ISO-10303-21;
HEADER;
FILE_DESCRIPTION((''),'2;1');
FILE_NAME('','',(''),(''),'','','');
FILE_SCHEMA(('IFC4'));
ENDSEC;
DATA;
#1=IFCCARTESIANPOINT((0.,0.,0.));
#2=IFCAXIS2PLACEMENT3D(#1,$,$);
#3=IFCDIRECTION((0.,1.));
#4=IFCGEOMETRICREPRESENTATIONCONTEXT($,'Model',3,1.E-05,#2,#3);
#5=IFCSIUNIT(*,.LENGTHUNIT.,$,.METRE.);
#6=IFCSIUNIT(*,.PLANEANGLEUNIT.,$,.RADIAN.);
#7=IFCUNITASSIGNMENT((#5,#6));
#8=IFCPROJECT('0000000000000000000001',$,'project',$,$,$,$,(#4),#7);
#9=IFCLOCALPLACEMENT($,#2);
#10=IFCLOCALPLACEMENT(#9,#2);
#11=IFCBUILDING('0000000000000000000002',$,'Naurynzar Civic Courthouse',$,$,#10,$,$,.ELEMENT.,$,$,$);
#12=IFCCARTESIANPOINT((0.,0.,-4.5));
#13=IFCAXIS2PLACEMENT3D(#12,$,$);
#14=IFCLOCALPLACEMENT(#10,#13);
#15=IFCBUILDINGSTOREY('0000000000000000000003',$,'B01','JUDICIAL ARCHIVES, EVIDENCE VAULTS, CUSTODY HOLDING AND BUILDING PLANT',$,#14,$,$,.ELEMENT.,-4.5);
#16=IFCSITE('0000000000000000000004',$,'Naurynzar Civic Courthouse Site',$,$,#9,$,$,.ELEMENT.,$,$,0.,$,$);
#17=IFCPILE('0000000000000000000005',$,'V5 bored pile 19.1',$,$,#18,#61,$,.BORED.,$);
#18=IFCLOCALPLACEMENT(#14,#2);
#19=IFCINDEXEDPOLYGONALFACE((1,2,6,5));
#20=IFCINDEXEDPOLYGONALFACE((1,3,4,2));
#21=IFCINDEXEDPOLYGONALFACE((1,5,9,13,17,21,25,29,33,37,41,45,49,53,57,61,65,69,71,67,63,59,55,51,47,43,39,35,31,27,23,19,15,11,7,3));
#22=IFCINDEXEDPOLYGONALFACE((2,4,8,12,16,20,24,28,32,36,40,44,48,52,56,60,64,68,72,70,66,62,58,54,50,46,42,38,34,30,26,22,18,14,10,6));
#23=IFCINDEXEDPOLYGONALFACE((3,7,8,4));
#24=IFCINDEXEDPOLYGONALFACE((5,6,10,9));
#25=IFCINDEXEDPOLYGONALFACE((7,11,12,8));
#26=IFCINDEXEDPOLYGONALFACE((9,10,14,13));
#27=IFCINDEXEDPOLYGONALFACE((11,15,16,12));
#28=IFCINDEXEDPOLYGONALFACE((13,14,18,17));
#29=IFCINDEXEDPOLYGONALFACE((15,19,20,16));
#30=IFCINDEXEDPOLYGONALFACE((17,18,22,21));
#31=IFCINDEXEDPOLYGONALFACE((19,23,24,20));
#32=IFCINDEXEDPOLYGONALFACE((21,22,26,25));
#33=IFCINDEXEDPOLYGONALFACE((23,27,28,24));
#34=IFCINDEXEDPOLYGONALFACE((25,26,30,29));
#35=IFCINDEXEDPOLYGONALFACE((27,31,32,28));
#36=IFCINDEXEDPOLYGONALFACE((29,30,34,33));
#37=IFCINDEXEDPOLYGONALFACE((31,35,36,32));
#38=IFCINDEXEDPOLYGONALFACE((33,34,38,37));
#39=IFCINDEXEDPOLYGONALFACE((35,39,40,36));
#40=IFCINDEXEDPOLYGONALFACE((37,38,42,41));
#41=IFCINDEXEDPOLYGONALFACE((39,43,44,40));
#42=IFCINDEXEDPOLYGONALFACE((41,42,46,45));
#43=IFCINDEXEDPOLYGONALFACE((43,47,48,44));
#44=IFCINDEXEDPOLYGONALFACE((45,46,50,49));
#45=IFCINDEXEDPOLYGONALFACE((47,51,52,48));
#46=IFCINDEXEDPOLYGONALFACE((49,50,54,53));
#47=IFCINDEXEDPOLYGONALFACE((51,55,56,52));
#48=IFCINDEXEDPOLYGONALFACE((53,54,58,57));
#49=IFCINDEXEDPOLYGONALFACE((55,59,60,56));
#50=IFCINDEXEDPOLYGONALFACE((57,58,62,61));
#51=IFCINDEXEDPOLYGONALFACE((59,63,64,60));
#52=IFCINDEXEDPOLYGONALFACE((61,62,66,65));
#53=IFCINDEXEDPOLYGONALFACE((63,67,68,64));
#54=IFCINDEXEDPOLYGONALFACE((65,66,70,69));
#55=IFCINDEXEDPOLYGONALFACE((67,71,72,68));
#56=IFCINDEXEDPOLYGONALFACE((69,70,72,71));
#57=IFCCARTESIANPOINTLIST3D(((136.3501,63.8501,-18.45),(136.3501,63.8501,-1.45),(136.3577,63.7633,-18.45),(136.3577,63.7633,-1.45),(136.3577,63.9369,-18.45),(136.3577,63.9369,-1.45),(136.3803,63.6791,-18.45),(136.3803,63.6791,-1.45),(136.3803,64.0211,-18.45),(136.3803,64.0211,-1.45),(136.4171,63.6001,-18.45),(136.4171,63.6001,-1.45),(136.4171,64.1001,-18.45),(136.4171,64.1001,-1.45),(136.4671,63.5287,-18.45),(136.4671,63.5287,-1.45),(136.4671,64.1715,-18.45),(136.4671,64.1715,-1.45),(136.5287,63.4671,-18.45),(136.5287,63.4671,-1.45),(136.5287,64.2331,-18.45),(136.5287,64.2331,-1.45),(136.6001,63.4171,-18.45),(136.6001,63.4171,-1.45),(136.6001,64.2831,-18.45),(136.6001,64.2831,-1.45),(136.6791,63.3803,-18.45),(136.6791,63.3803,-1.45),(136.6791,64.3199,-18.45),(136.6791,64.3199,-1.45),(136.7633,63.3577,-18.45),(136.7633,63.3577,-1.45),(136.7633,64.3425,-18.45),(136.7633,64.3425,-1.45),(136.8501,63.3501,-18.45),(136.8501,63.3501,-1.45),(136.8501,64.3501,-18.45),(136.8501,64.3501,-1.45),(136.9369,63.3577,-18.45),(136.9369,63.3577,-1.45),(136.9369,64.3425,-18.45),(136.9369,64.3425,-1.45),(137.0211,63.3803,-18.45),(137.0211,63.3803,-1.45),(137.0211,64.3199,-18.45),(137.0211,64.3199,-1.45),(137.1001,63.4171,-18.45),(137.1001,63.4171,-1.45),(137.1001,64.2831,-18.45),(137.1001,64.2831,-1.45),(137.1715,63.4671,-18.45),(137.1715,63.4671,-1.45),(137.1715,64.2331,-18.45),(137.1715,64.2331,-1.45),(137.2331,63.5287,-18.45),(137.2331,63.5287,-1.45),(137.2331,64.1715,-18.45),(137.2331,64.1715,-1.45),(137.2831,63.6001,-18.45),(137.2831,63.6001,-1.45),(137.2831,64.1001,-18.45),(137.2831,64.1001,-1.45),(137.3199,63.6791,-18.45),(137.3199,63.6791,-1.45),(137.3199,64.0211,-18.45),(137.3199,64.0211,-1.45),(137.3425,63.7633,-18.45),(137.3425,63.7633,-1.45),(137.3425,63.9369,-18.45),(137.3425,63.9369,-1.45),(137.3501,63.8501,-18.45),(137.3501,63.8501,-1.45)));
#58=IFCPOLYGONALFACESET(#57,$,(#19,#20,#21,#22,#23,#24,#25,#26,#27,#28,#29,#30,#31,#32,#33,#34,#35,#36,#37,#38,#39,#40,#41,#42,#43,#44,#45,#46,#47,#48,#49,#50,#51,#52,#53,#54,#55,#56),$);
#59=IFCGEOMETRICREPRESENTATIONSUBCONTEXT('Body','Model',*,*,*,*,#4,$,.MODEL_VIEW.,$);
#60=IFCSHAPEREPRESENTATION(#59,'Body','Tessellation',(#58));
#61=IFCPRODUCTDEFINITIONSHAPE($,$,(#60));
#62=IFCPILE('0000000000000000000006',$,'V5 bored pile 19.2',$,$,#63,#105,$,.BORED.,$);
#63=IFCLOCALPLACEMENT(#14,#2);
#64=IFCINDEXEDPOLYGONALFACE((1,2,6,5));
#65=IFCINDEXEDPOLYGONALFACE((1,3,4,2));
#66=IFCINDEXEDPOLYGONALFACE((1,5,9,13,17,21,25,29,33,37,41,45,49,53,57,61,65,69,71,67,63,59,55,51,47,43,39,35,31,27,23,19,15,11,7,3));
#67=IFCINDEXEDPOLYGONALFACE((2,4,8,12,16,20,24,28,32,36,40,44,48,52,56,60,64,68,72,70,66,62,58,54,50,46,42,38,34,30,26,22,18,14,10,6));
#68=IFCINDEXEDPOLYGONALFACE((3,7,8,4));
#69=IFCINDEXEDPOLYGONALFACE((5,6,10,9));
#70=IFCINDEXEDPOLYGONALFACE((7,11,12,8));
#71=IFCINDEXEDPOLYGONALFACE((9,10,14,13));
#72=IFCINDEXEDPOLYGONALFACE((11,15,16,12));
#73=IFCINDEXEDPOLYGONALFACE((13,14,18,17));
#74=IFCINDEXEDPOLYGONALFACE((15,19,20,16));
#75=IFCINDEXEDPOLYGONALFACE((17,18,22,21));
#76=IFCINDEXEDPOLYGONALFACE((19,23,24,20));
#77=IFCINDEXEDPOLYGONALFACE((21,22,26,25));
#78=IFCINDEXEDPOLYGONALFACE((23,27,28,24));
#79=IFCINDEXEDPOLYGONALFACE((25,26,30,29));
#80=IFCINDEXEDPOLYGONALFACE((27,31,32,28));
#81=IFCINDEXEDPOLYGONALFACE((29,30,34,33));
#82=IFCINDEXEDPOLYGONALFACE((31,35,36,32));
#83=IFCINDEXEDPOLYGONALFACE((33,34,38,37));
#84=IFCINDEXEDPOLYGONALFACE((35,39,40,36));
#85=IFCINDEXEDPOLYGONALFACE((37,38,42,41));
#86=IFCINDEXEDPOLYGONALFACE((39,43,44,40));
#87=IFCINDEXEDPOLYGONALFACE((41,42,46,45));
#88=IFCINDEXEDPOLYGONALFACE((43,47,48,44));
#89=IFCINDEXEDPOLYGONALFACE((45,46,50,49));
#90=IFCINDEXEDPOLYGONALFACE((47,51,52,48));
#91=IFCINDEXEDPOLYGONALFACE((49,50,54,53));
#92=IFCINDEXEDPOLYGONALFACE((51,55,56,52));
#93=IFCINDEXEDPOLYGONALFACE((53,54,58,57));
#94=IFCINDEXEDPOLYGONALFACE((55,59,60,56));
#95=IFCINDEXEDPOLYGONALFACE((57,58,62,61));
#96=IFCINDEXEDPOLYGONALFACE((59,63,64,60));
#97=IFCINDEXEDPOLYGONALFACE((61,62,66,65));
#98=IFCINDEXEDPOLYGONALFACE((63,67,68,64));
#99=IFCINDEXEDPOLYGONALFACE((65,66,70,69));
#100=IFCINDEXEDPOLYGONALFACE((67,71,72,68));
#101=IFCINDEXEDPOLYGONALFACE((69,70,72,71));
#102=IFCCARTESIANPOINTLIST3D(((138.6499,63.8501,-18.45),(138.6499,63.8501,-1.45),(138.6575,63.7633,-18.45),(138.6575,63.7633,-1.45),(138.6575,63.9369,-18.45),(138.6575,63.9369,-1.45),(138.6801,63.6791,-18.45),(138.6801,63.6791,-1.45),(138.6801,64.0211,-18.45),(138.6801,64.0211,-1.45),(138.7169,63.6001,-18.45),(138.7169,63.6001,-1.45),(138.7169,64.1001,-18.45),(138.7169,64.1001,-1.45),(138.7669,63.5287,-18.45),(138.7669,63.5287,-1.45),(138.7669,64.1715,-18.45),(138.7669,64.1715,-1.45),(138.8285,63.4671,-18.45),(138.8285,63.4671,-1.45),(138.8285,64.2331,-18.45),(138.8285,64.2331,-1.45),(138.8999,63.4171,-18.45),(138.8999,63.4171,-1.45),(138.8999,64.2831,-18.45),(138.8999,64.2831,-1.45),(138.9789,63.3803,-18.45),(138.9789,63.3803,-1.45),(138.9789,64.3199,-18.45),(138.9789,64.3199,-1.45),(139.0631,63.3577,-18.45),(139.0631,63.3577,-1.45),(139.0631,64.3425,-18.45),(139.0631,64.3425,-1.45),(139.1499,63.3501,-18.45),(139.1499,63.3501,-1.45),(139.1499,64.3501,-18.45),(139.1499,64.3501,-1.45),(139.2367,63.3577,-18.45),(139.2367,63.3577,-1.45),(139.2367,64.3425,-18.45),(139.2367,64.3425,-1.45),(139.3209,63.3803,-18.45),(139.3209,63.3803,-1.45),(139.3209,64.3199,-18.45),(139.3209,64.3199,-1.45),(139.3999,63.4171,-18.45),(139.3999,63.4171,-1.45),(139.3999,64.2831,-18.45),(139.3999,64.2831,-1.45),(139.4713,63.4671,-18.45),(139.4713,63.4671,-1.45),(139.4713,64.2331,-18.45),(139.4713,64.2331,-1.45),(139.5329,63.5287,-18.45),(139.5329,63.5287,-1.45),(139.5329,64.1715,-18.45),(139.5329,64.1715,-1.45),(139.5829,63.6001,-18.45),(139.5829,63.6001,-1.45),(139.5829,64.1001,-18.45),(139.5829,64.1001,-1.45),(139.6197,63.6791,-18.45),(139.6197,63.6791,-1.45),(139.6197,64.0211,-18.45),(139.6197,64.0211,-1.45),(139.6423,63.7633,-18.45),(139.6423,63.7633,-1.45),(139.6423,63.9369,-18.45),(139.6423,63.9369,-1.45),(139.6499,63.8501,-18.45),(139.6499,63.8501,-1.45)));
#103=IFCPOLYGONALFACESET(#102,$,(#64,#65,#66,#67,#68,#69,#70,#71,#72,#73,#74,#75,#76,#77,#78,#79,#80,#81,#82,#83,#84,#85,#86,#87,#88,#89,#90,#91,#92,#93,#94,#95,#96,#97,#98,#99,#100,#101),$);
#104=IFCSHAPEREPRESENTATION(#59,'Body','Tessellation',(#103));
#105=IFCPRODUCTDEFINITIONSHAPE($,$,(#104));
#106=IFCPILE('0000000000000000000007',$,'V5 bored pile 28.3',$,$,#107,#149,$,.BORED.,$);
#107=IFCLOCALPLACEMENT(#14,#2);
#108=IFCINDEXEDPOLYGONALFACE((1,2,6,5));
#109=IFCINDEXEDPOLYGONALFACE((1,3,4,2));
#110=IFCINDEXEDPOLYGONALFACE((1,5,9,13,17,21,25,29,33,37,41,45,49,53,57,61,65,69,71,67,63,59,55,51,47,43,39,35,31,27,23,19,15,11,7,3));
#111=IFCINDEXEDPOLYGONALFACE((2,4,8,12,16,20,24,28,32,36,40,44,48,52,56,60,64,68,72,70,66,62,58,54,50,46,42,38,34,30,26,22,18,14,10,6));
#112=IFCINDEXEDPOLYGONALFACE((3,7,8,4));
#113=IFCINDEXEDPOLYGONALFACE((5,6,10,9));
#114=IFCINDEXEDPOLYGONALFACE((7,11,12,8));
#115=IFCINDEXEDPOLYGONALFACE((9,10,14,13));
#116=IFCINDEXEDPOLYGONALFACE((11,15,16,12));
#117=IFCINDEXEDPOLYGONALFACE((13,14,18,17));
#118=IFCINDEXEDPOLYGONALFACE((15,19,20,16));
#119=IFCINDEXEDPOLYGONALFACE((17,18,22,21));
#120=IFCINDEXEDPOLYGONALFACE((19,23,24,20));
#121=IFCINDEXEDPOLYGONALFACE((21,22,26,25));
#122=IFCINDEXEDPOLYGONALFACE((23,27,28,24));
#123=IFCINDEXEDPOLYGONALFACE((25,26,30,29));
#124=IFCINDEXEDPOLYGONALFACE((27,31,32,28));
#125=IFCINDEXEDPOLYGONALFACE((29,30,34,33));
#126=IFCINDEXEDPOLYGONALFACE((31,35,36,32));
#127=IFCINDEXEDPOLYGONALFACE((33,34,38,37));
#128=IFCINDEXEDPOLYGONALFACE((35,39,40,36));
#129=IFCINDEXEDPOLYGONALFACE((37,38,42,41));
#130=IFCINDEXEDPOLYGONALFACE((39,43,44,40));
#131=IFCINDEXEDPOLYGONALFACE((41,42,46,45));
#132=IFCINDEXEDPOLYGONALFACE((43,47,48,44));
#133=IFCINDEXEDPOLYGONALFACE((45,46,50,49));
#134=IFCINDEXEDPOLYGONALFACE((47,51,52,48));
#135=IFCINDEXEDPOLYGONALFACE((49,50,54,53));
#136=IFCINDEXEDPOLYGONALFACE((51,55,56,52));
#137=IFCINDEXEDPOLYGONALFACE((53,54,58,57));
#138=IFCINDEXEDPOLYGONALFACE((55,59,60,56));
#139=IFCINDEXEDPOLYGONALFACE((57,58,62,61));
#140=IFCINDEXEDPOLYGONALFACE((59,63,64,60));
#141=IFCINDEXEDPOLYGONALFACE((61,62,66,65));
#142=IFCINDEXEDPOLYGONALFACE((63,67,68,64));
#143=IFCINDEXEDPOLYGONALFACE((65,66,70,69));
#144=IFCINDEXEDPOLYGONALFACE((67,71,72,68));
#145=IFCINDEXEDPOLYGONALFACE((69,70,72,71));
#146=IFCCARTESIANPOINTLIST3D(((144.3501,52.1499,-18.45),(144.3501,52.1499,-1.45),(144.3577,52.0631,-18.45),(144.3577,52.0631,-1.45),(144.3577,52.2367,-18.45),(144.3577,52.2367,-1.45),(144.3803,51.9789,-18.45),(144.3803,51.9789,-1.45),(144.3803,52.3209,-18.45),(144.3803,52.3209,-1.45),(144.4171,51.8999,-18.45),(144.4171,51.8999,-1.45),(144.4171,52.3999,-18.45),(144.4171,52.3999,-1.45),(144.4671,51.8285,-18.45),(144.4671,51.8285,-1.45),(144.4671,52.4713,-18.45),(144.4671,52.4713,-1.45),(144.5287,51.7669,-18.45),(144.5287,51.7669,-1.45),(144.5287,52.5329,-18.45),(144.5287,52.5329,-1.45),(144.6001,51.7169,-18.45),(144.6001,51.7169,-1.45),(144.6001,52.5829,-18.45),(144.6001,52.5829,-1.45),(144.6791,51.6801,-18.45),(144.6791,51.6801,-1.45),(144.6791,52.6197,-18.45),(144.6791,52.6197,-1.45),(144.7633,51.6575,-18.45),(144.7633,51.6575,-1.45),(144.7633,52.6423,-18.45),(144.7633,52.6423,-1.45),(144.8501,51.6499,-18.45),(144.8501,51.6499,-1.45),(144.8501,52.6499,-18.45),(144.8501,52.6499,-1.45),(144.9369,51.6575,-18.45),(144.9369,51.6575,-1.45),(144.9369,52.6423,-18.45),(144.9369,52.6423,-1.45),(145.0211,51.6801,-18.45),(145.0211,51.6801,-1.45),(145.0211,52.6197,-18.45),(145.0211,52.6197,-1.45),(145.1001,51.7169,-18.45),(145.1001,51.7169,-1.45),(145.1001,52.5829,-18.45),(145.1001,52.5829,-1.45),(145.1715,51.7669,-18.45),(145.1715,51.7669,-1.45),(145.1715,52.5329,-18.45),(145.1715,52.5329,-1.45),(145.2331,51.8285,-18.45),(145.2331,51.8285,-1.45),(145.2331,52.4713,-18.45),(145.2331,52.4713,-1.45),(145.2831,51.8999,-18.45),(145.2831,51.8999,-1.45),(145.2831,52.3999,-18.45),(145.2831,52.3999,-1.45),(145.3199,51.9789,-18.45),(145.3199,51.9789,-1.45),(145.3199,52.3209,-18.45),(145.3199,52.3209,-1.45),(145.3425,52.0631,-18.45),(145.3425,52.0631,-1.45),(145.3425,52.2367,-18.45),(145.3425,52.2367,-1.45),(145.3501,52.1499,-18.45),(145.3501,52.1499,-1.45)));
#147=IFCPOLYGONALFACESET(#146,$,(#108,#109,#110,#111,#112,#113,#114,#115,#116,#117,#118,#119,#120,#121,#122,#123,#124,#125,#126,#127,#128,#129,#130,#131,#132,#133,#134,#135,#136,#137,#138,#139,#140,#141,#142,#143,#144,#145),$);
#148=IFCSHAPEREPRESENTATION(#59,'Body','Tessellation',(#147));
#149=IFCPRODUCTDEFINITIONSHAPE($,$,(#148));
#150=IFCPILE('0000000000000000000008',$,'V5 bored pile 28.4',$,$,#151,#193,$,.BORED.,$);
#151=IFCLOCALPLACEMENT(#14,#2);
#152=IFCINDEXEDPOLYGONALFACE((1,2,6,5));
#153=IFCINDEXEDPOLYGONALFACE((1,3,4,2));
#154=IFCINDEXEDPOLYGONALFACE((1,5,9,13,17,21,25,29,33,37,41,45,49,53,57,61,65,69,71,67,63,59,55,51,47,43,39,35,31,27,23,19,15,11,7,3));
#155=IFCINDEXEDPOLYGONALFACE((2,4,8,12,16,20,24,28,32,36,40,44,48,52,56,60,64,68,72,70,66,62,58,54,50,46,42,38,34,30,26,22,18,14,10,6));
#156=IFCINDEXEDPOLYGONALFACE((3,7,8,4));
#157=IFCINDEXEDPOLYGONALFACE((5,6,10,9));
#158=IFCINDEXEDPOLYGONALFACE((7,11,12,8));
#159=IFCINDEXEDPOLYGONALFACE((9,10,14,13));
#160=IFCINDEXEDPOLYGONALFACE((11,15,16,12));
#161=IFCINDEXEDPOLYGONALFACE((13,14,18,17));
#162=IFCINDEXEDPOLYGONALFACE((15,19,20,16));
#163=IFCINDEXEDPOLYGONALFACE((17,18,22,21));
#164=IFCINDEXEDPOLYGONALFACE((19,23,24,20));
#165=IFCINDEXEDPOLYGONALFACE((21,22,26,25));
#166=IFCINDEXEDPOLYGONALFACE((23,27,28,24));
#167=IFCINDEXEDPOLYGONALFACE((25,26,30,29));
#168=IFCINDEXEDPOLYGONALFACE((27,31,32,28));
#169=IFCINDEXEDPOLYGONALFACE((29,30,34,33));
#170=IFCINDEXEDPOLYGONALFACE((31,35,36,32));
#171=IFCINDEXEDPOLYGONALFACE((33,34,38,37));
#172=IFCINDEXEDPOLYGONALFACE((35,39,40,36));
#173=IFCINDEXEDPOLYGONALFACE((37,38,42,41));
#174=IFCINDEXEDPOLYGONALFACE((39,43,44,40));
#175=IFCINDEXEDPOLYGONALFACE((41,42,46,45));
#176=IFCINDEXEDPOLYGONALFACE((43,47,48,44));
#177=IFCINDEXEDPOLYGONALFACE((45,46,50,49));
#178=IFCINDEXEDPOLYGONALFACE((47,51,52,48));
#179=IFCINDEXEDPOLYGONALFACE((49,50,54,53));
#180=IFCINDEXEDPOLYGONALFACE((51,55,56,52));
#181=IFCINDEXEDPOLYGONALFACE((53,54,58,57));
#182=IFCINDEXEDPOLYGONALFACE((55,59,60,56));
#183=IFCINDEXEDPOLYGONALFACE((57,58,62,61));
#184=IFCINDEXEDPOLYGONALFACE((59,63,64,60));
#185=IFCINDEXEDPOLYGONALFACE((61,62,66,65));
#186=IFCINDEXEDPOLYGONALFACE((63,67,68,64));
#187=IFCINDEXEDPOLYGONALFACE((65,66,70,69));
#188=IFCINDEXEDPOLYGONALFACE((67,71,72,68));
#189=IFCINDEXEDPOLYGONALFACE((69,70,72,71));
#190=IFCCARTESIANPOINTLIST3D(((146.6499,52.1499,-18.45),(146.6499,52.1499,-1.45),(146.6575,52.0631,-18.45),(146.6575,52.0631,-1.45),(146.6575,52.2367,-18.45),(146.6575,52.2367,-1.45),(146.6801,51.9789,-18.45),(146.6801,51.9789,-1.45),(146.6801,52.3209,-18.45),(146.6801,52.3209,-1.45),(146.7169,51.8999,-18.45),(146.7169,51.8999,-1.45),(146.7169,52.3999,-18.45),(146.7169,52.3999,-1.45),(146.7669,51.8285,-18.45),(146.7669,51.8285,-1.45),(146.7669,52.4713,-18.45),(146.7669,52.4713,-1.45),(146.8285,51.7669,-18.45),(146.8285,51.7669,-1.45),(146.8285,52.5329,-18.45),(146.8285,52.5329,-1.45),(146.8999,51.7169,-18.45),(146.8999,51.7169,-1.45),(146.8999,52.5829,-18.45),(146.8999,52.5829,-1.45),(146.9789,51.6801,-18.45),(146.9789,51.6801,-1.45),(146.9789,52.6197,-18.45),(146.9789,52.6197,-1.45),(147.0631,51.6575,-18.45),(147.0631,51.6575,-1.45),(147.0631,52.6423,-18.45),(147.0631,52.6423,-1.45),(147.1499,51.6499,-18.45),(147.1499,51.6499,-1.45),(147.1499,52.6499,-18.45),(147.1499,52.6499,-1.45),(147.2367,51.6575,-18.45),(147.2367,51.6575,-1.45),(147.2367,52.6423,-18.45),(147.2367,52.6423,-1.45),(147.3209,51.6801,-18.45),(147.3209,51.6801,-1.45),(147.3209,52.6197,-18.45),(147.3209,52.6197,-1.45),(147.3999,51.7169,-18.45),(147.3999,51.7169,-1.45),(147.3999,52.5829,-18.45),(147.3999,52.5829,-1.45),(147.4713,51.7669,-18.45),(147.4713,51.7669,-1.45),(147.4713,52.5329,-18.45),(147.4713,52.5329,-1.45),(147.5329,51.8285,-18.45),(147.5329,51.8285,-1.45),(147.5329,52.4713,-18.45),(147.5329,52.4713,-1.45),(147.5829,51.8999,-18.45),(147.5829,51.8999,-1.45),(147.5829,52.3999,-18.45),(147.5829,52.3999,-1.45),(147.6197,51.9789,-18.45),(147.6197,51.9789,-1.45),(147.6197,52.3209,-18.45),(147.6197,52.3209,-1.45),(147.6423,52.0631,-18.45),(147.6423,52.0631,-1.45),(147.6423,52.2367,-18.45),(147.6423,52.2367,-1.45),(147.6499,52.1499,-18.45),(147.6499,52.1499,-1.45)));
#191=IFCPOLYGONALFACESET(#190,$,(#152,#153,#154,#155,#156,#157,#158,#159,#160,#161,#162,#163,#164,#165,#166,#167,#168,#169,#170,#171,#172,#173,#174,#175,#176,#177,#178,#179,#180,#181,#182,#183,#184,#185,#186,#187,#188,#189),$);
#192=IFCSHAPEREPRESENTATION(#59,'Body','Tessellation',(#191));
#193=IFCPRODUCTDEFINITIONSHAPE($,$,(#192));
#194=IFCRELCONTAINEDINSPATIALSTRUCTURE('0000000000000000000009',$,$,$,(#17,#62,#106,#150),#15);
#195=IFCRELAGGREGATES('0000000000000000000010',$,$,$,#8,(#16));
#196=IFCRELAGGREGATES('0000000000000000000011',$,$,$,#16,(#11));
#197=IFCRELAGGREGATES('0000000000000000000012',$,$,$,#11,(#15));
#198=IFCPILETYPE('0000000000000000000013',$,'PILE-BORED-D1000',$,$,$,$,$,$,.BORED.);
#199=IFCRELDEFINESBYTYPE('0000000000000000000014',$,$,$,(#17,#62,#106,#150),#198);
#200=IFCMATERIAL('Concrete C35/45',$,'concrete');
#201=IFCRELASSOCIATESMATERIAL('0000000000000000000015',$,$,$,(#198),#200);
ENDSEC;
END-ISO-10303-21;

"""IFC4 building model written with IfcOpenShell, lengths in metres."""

from ifc_helpers import new_model, si_unit, direction, frame, origin, origin_2d, place, context, subcontext, project, spatial, circle, extrude, material, material_profile, profile_set, type_object, element, save


model = new_model("IFC4")

# Units and contexts
model_context = context("Model", 3, precision=1e-05, world=origin(), true_north=direction((0.0, 1.0)))
body_context = subcontext(model_context, "Body", "Model", "MODEL_VIEW")
ifc_project = project(units=[si_unit("LENGTHUNIT", "METRE"), si_unit("PLANEANGLEUNIT", "RADIAN")], contexts=[model_context])

# Site, building, storey
site_placement = place(None, origin())
site = spatial("IfcSite", under=ifc_project, at=site_placement, Name="Naurynzar Civic Courthouse Site", CompositionType="ELEMENT", RefElevation=0.0)
building_placement = place(site_placement, origin())
building = spatial("IfcBuilding", under=site, at=building_placement, Name="Naurynzar Civic Courthouse", CompositionType="ELEMENT")
storey_placement = place(building_placement, frame((0.0, 0.0, -4.5)))
storey = spatial("IfcBuildingStorey", under=building, at=storey_placement, Name="B01", Description="JUDICIAL ARCHIVES, EVIDENCE VAULTS, CUSTODY HOLDING AND BUILDING PLANT", CompositionType="ELEMENT", Elevation=-4.5)

# Piles
ifc_material_1 = material(Name="Concrete C35/45", Category="concrete")
ifc_material_profile_1 = material_profile(ifc_material_1, circle(Radius=0.5, at=origin_2d()), Name="PILE D1000")
ifc_profile_set_1 = profile_set([ifc_material_profile_1], Name="Concrete C35/45")
pile_type_1 = type_object("IfcPileType", Name="PILE-BORED-D1000", PredefinedType="BORED", material=ifc_profile_set_1)
for number, where, z_axis, x_axis, name in (
    (1, (136.8501, 63.8501, -1.45), (0.0, 0.0, -1.0), (1.0, 0.0, 0.0), "V5 bored pile 19.1"),
    (2, (139.1499, 63.8501, -1.45), (0.0, 0.0, -1.0), (1.0, 0.0, 0.0), "V5 bored pile 19.2"),
    (3, (144.8501, 52.1499, -1.45), (0.0, 0.0, -1.0), (1.0, 0.0, 0.0), "V5 bored pile 28.3"),
    (4, (147.1499, 52.1499, -1.45), (0.0, 0.0, -1.0), (1.0, 0.0, 0.0), "V5 bored pile 28.4"),
):
    element("IfcPile", number, at=place(storey_placement, frame(where, z_axis=z_axis, x_axis=x_axis)), inside=storey, type_object=pile_type_1, Name=name, PredefinedType="BORED", context=body_context, shape_type="SweptSolid", body=[
        extrude(circle(Radius=0.5, at=origin_2d()), origin(), (0.0, 0.0, 1.0), 17.0),
    ])

save(model, "model.ifc")
